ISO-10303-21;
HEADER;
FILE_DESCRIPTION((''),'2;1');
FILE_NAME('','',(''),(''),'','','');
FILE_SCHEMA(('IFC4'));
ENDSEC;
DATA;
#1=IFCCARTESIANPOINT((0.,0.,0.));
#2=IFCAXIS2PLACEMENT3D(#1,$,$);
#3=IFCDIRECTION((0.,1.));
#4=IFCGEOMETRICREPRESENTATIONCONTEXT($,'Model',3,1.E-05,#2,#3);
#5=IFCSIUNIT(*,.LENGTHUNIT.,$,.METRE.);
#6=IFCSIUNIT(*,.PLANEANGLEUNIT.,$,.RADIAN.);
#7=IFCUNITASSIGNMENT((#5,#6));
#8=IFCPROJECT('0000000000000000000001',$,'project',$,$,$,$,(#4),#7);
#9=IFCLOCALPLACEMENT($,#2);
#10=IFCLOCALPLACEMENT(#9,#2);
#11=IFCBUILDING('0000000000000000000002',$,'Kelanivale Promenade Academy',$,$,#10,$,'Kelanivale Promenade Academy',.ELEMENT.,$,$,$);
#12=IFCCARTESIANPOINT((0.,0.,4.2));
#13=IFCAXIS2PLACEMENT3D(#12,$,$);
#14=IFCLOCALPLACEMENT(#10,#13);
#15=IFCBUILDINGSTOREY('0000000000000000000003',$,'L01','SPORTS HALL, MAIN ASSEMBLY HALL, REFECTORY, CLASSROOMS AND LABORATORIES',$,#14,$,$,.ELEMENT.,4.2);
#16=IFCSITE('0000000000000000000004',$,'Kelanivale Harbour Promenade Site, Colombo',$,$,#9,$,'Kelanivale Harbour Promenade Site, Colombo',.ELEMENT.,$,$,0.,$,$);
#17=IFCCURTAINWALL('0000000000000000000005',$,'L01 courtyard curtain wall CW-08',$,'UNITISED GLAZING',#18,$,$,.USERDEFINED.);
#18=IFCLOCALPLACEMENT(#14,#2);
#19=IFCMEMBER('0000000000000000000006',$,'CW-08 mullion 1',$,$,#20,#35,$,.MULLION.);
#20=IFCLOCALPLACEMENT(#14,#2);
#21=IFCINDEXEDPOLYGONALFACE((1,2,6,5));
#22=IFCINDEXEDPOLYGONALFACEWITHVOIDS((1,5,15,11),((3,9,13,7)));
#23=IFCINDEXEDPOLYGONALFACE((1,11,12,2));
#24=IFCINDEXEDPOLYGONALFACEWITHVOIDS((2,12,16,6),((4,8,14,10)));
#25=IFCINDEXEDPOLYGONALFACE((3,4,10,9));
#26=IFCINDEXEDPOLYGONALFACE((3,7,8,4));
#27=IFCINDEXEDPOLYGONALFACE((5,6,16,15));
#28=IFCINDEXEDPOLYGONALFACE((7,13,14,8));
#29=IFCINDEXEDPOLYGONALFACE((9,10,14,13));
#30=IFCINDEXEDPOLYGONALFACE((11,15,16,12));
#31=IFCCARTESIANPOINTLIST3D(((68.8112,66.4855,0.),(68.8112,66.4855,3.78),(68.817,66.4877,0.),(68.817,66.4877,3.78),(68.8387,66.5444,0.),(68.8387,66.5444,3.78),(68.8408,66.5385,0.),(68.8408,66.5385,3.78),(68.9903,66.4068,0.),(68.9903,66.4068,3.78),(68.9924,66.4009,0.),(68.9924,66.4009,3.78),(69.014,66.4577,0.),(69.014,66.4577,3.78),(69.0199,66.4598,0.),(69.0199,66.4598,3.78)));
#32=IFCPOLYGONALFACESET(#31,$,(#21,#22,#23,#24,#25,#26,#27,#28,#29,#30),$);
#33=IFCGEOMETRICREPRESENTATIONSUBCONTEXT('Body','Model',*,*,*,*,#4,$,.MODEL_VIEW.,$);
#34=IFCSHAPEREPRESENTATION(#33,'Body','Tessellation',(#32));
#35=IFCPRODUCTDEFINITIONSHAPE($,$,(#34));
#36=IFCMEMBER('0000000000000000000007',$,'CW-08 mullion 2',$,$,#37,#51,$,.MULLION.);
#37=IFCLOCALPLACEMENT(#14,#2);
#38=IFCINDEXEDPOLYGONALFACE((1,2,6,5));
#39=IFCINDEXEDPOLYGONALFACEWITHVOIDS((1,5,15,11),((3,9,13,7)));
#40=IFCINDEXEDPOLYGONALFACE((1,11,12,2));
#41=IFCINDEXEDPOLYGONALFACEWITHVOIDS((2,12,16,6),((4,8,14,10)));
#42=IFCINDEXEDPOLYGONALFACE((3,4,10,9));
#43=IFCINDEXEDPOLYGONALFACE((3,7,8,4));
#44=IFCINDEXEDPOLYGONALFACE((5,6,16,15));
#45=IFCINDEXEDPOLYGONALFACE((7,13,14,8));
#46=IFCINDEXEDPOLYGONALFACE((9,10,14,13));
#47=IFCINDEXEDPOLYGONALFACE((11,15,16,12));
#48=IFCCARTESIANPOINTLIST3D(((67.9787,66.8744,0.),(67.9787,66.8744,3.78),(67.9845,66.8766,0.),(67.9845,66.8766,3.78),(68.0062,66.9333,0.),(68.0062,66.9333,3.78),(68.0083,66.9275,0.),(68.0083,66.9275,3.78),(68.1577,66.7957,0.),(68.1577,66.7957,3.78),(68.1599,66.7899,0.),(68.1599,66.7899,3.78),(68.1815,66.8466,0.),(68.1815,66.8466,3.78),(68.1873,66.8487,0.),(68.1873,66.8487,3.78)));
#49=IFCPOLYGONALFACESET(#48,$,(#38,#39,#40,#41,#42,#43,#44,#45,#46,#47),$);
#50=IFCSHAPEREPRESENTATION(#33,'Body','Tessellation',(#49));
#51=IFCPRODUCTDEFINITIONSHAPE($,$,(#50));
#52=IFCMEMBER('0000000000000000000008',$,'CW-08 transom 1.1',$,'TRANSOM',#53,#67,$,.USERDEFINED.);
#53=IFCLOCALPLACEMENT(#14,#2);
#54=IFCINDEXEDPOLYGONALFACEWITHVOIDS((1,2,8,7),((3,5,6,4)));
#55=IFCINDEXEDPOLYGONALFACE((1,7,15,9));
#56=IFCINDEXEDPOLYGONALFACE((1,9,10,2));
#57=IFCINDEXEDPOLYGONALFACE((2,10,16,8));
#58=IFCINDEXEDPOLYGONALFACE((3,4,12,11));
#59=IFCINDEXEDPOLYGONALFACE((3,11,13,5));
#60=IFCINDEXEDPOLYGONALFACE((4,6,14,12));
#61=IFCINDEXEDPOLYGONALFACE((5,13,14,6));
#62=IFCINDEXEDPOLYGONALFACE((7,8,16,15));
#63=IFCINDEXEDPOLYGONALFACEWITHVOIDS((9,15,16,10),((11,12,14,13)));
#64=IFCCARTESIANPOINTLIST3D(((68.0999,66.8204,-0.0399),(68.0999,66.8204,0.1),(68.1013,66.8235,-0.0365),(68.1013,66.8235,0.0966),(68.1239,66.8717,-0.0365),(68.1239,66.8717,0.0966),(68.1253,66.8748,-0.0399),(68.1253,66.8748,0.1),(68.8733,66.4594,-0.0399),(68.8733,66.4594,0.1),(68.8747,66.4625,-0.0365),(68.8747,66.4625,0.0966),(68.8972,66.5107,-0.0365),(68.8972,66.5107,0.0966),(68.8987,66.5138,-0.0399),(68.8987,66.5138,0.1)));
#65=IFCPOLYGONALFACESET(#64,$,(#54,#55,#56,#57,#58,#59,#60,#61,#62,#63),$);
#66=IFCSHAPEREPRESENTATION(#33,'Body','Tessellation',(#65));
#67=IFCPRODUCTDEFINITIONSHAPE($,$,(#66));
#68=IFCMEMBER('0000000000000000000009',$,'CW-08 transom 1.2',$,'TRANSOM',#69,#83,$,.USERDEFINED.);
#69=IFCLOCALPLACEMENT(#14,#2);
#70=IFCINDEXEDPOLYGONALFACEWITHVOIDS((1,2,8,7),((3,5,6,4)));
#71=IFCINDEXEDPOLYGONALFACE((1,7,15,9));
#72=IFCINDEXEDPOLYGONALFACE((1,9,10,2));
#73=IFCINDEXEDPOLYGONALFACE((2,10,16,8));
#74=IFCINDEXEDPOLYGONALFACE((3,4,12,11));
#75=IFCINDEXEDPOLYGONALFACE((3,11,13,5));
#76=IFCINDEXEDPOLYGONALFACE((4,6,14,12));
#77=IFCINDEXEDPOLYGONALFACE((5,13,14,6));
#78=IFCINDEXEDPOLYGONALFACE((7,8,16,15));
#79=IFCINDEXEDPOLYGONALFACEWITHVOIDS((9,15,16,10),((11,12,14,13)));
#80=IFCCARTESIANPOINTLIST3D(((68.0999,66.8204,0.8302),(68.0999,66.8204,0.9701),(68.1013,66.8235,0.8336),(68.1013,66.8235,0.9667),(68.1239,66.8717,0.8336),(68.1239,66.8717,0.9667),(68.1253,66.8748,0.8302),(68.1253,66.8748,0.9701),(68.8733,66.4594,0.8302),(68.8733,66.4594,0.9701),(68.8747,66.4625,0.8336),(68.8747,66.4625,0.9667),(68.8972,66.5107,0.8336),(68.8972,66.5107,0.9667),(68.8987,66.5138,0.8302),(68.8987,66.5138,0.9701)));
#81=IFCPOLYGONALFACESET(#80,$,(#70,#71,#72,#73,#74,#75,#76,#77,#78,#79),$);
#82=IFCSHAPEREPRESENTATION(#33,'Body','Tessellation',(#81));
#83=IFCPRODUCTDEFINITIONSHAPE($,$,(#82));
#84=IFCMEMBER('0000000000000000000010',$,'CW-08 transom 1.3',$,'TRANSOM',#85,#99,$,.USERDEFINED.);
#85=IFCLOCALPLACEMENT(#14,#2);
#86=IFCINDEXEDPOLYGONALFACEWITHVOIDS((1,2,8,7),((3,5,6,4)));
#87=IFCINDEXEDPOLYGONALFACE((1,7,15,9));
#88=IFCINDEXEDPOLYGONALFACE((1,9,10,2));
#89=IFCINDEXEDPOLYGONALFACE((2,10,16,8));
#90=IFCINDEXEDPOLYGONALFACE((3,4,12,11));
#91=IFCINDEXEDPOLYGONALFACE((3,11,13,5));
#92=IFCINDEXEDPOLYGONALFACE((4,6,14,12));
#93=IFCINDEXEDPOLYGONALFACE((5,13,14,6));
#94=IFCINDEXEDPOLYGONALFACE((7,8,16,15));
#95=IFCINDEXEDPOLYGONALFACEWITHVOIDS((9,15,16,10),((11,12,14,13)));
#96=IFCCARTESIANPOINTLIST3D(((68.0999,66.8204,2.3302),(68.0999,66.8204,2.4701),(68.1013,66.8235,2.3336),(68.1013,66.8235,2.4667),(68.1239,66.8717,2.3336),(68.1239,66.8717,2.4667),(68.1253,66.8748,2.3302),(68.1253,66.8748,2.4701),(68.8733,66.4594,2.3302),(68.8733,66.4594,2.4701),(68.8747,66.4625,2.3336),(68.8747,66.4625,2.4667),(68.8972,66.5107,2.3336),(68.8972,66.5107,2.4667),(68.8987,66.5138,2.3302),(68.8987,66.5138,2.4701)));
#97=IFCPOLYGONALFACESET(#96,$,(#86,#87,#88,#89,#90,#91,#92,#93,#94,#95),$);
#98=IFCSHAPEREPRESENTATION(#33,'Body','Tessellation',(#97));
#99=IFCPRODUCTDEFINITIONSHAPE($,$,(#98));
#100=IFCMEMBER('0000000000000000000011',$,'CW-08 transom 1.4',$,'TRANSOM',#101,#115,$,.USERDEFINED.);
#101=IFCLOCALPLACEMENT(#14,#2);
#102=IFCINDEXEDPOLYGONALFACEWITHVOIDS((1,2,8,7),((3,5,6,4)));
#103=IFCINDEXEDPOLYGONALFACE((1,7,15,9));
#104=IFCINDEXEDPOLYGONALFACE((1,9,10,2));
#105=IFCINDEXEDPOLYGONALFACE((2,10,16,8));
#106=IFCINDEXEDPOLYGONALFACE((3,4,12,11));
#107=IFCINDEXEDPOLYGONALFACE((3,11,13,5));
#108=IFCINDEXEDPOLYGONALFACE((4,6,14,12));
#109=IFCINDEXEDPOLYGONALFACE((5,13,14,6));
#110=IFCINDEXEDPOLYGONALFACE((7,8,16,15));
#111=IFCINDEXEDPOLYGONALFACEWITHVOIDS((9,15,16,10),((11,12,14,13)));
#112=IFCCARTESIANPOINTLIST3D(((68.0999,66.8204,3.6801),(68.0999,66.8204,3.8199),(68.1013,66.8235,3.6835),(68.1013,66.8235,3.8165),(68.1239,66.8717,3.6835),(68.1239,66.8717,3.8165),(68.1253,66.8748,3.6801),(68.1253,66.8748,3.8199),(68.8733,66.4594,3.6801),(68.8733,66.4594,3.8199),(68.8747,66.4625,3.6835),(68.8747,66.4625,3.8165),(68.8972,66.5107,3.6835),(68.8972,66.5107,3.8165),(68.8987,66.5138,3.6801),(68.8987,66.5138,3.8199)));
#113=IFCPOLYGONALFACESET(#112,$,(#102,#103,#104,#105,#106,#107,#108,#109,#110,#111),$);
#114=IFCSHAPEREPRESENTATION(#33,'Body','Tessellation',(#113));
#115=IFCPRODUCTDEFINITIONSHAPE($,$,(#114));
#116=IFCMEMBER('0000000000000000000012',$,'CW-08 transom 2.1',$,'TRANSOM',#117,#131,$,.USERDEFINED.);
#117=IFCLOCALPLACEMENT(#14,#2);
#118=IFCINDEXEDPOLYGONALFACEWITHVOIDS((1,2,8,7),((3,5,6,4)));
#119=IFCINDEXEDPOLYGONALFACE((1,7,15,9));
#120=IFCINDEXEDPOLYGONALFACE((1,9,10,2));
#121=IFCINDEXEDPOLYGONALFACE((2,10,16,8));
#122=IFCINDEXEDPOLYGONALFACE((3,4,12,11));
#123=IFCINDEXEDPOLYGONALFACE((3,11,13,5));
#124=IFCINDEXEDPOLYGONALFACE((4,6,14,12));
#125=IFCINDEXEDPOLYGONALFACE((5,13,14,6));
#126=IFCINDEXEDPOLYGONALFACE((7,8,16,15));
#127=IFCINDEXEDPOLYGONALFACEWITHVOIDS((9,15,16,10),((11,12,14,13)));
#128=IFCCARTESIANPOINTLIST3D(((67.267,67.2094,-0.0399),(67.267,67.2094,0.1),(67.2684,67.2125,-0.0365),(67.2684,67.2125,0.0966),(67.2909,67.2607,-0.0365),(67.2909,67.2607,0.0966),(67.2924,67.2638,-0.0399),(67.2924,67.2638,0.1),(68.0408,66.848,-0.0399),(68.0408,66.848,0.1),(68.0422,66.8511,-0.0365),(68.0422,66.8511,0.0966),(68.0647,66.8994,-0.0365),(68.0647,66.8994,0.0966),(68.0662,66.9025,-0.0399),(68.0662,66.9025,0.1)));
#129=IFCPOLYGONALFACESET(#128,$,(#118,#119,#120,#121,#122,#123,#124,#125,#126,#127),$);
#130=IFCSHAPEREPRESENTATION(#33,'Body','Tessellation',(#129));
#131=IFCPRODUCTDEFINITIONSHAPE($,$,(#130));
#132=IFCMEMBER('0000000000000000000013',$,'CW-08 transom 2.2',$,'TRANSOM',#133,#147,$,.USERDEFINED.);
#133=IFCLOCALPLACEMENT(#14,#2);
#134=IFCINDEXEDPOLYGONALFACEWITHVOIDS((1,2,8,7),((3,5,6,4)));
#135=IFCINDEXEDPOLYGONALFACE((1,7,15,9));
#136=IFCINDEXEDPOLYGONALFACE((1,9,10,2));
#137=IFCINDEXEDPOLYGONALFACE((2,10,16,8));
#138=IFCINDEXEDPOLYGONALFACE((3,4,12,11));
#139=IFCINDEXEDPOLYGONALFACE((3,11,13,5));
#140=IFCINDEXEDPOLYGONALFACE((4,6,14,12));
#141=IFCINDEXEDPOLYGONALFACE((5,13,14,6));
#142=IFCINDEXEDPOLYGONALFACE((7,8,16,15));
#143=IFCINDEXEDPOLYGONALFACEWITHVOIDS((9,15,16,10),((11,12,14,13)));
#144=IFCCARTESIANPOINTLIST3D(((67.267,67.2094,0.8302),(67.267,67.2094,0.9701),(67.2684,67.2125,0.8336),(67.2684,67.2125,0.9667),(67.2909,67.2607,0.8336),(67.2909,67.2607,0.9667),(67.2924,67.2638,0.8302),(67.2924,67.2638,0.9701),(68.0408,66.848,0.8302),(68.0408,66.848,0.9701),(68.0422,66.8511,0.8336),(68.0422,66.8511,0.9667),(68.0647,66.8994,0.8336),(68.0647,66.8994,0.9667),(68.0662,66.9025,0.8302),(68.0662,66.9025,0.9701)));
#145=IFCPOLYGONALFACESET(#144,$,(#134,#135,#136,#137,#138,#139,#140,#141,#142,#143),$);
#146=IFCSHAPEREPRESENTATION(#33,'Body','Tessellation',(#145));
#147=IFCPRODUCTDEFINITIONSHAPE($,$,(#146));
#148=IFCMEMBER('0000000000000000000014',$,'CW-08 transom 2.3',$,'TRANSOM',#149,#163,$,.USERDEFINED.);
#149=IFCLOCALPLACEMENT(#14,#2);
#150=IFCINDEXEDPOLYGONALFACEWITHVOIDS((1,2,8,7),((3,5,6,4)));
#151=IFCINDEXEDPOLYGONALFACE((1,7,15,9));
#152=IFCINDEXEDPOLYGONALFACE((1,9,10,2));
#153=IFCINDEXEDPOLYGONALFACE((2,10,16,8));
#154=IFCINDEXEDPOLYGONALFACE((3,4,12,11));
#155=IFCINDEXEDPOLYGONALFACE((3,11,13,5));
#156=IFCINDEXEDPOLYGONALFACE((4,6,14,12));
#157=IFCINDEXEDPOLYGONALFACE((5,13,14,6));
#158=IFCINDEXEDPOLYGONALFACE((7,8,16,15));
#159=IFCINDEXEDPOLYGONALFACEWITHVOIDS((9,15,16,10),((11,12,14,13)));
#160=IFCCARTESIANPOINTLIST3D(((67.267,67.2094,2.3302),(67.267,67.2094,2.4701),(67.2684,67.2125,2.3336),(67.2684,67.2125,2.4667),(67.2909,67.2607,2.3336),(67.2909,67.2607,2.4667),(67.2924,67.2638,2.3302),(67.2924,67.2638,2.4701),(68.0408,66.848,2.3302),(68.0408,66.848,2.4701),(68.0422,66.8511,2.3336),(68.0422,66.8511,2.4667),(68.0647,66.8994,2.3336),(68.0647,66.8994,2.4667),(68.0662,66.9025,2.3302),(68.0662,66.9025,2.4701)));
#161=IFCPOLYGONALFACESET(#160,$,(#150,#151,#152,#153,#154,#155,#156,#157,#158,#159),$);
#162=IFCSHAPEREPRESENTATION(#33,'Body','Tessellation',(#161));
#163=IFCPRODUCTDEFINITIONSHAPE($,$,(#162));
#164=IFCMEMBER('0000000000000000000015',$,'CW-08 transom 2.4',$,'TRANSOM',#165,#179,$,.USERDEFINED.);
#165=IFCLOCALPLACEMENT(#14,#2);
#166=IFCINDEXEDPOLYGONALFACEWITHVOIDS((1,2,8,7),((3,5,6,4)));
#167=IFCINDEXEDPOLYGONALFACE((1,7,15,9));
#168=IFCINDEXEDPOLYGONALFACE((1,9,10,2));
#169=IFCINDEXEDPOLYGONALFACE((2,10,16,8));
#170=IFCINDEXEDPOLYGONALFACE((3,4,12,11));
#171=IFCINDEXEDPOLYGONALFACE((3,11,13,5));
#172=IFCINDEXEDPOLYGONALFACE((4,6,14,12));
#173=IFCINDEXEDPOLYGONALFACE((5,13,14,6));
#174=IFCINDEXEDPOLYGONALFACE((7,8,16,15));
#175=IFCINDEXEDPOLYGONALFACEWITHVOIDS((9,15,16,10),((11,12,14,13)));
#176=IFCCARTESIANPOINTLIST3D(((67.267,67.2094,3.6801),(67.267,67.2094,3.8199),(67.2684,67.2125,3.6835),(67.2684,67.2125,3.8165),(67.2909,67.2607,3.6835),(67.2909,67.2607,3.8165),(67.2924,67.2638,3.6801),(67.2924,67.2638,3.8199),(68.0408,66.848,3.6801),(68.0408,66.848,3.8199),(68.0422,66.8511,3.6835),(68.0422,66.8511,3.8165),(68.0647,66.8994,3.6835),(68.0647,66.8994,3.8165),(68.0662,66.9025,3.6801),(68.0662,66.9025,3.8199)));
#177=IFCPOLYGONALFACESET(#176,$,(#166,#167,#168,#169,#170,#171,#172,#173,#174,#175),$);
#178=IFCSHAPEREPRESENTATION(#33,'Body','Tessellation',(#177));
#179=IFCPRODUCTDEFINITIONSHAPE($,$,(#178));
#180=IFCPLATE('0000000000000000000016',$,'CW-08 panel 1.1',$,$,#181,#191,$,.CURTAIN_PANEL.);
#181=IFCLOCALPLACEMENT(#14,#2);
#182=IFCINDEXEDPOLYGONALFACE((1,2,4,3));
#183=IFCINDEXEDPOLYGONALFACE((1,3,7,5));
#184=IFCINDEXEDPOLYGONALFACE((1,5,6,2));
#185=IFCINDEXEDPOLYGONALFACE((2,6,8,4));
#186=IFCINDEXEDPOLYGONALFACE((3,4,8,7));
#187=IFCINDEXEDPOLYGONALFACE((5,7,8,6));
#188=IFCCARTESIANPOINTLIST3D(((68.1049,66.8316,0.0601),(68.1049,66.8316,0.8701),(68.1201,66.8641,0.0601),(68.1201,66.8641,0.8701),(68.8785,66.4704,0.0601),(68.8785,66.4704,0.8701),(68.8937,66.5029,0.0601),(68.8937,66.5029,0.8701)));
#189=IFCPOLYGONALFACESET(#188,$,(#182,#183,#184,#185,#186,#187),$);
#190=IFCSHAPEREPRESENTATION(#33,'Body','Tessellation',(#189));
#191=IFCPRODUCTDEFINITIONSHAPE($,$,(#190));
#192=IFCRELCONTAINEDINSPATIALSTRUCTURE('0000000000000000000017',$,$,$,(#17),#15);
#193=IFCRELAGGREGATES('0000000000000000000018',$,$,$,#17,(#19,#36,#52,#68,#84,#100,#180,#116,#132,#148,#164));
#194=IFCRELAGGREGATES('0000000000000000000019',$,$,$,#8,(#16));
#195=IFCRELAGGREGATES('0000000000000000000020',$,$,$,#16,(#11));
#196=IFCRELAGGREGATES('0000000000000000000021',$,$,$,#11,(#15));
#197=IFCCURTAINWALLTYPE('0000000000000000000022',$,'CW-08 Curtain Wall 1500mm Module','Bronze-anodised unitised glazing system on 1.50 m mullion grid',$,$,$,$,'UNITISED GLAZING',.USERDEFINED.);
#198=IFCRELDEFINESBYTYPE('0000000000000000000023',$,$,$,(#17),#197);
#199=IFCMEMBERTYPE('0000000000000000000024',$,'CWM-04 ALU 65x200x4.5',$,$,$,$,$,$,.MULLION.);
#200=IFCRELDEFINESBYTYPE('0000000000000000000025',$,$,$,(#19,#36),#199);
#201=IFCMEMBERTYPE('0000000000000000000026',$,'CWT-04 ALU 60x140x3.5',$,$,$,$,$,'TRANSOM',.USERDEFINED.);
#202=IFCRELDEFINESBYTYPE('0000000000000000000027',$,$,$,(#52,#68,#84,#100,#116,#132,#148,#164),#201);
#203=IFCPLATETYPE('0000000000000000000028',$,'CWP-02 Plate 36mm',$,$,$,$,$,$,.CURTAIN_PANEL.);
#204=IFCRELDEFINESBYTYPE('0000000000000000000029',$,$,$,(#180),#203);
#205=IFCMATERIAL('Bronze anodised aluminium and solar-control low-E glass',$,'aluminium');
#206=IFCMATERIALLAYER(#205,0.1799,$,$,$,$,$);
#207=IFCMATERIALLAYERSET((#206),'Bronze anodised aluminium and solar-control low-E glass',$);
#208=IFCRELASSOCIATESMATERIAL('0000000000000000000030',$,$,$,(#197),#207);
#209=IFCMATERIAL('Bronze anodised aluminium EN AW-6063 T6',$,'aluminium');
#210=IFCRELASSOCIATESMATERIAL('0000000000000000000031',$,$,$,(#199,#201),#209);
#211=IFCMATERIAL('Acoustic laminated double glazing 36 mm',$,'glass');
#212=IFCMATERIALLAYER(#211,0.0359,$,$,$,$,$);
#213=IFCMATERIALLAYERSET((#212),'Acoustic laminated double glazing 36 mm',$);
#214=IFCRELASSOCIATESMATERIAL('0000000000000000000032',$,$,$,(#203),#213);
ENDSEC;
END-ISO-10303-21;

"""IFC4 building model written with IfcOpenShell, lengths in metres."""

from ifc_helpers import new_model, si_unit, direction, frame, origin, origin_2d, place, context, subcontext, project, spatial, rectangle, hollow_rectangle, extrude, material, layer, layer_set, material_profile, profile_set, type_object, element, aggregate, save


model = new_model("IFC4")

# Units and contexts
model_context = context("Model", 3, precision=1e-05, world=origin(), true_north=direction((0.0, 1.0)))
body_context = subcontext(model_context, "Body", "Model", "MODEL_VIEW")
ifc_project = project(units=[si_unit("LENGTHUNIT", "METRE"), si_unit("PLANEANGLEUNIT", "RADIAN")], contexts=[model_context])

# Site, building, storey
site_placement = place(None, origin())
site = spatial("IfcSite", under=ifc_project, at=site_placement, Name="Kelanivale Harbour Promenade Site, Colombo", LongName="Kelanivale Harbour Promenade Site, Colombo", CompositionType="ELEMENT", RefElevation=0.0)
building_placement = place(site_placement, origin())
building = spatial("IfcBuilding", under=site, at=building_placement, Name="Kelanivale Promenade Academy", LongName="Kelanivale Promenade Academy", CompositionType="ELEMENT")
storey_placement = place(building_placement, frame((0.0, 0.0, 4.2)))
storey = spatial("IfcBuildingStorey", under=building, at=storey_placement, Name="L01", Description="SPORTS HALL, MAIN ASSEMBLY HALL, REFECTORY, CLASSROOMS AND LABORATORIES", CompositionType="ELEMENT", Elevation=4.2)

# Curtain wall, members, plate
ifc_material_1 = material(Name="Bronze anodised aluminium and solar-control low-E glass", Category="aluminium")
ifc_layer_1 = layer(ifc_material_1, 0.1799)
ifc_layer_set_1 = layer_set([ifc_layer_1], Name="Bronze anodised aluminium and solar-control low-E glass")
curtain_wall_type = type_object("IfcCurtainWallType", Name="CW-08 Curtain Wall 1500mm Module", Description="Bronze-anodised unitised glazing system on 1.50 m mullion grid", ElementType="UNITISED GLAZING", PredefinedType="USERDEFINED", material=ifc_layer_set_1)
curtain_wall_placement = place(storey_placement, origin())
curtain_wall = element("IfcCurtainWall", 1, at=curtain_wall_placement, inside=storey, type_object=curtain_wall_type, Name="L01 courtyard curtain wall CW-08", ObjectType="UNITISED GLAZING", PredefinedType="USERDEFINED")
ifc_material_2 = material(Name="Bronze anodised aluminium EN AW-6063 T6", Category="aluminium")
ifc_material_profile_1 = material_profile(ifc_material_2, hollow_rectangle(XDim=0.0649, YDim=0.2, WallThickness=0.0044, at=origin_2d()), Name="ALU 65x200x4.5")
ifc_profile_set_1 = profile_set([ifc_material_profile_1], Name="Bronze anodised aluminium EN AW-6063 T6")
member_type_1 = type_object("IfcMemberType", Name="CWM-04 ALU 65x200x4.5", PredefinedType="MULLION", material=ifc_profile_set_1)
member_1_placement = place(storey_placement, frame((68.9155, 66.4727, 0.0), z_axis=(0.0, 0.0, 1.0), x_axis=(-0.423087, -0.906089, 0.0)))
member_1 = element("IfcMember", 2, at=member_1_placement, type_object=member_type_1, Name="CW-08 mullion 1", PredefinedType="MULLION", context=body_context, shape_type="SweptSolid", body=[
    extrude(hollow_rectangle(XDim=0.0649, YDim=0.2, WallThickness=0.0044, at=origin_2d()), origin(), (0.0, 0.0, 1.0), 3.78),
])
member_2_placement = place(storey_placement, frame((68.083, 66.8616, 0.0), z_axis=(0.0, 0.0, 1.0), x_axis=(-0.423087, -0.906089, 0.0)))
member_2 = element("IfcMember", 3, at=member_2_placement, type_object=member_type_1, Name="CW-08 mullion 2", PredefinedType="MULLION", context=body_context, shape_type="SweptSolid", body=[
    extrude(hollow_rectangle(XDim=0.0649, YDim=0.2, WallThickness=0.0044, at=origin_2d()), origin(), (0.0, 0.0, 1.0), 3.78),
])
ifc_material_profile_2 = material_profile(ifc_material_2, hollow_rectangle(XDim=0.0601, YDim=0.1399, WallThickness=0.0034, at=origin_2d()), Name="ALU 60x140x3.5")
ifc_profile_set_2 = profile_set([ifc_material_profile_2], Name="Bronze anodised aluminium EN AW-6063 T6")
member_type_2 = type_object("IfcMemberType", Name="CWT-04 ALU 60x140x3.5", ElementType="TRANSOM", PredefinedType="USERDEFINED", material=ifc_profile_set_2)
member_3_placement = place(storey_placement, frame((68.886, 66.4866, 0.03), z_axis=(-0.906117, 0.423026, 0.0), x_axis=(-0.423026, -0.906117, 0.0)))
member_3 = element("IfcMember", 4, at=member_3_placement, type_object=member_type_2, Name="CW-08 transom 1.1", ObjectType="TRANSOM", PredefinedType="USERDEFINED", context=body_context, shape_type="SweptSolid", body=[
    extrude(hollow_rectangle(XDim=0.0601, YDim=0.1399, WallThickness=0.0034, at=origin_2d()), origin(), (0.0, 0.0, 1.0), 0.8535),
])
member_4_placement = place(storey_placement, frame((68.886, 66.4866, 0.9001), z_axis=(-0.906117, 0.423026, 0.0), x_axis=(-0.423026, -0.906117, 0.0)))
member_4 = element("IfcMember", 5, at=member_4_placement, type_object=member_type_2, Name="CW-08 transom 1.2", ObjectType="TRANSOM", PredefinedType="USERDEFINED", context=body_context, shape_type="SweptSolid", body=[
    extrude(hollow_rectangle(XDim=0.0601, YDim=0.1399, WallThickness=0.0034, at=origin_2d()), origin(), (0.0, 0.0, 1.0), 0.8535),
])
member_5_placement = place(storey_placement, frame((68.886, 66.4866, 2.4001), z_axis=(-0.906117, 0.423026, 0.0), x_axis=(-0.423026, -0.906117, 0.0)))
member_5 = element("IfcMember", 6, at=member_5_placement, type_object=member_type_2, Name="CW-08 transom 1.3", ObjectType="TRANSOM", PredefinedType="USERDEFINED", context=body_context, shape_type="SweptSolid", body=[
    extrude(hollow_rectangle(XDim=0.0601, YDim=0.1399, WallThickness=0.0034, at=origin_2d()), origin(), (0.0, 0.0, 1.0), 0.8535),
])
member_6_placement = place(storey_placement, frame((68.886, 66.4866, 3.75), z_axis=(-0.906117, 0.423026, 0.0), x_axis=(-0.423026, -0.906117, 0.0)))
member_6 = element("IfcMember", 7, at=member_6_placement, type_object=member_type_2, Name="CW-08 transom 1.4", ObjectType="TRANSOM", PredefinedType="USERDEFINED", context=body_context, shape_type="SweptSolid", body=[
    extrude(hollow_rectangle(XDim=0.0601, YDim=0.1399, WallThickness=0.0034, at=origin_2d()), origin(), (0.0, 0.0, 1.0), 0.8535),
])
member_7_placement = place(storey_placement, frame((68.0535, 66.8752, 0.03), z_axis=(-0.906059, 0.423152, 0.0), x_axis=(-0.423152, -0.906059, 0.0)))
member_7 = element("IfcMember", 8, at=member_7_placement, type_object=member_type_2, Name="CW-08 transom 2.1", ObjectType="TRANSOM", PredefinedType="USERDEFINED", context=body_context, shape_type="SweptSolid", body=[
    extrude(hollow_rectangle(XDim=0.0601, YDim=0.1399, WallThickness=0.0034, at=origin_2d()), origin(), (0.0, 0.0, 1.0), 0.854),
])
member_8_placement = place(storey_placement, frame((68.0535, 66.8752, 0.9001), z_axis=(-0.906059, 0.423152, 0.0), x_axis=(-0.423152, -0.906059, 0.0)))
member_8 = element("IfcMember", 9, at=member_8_placement, type_object=member_type_2, Name="CW-08 transom 2.2", ObjectType="TRANSOM", PredefinedType="USERDEFINED", context=body_context, shape_type="SweptSolid", body=[
    extrude(hollow_rectangle(XDim=0.0601, YDim=0.1399, WallThickness=0.0034, at=origin_2d()), origin(), (0.0, 0.0, 1.0), 0.854),
])
member_9_placement = place(storey_placement, frame((68.0535, 66.8752, 2.4001), z_axis=(-0.906059, 0.423152, 0.0), x_axis=(-0.423152, -0.906059, 0.0)))
member_9 = element("IfcMember", 10, at=member_9_placement, type_object=member_type_2, Name="CW-08 transom 2.3", ObjectType="TRANSOM", PredefinedType="USERDEFINED", context=body_context, shape_type="SweptSolid", body=[
    extrude(hollow_rectangle(XDim=0.0601, YDim=0.1399, WallThickness=0.0034, at=origin_2d()), origin(), (0.0, 0.0, 1.0), 0.854),
])
member_10_placement = place(storey_placement, frame((68.0535, 66.8752, 3.75), z_axis=(-0.906059, 0.423152, 0.0), x_axis=(-0.423152, -0.906059, 0.0)))
member_10 = element("IfcMember", 11, at=member_10_placement, type_object=member_type_2, Name="CW-08 transom 2.4", ObjectType="TRANSOM", PredefinedType="USERDEFINED", context=body_context, shape_type="SweptSolid", body=[
    extrude(hollow_rectangle(XDim=0.0601, YDim=0.1399, WallThickness=0.0034, at=origin_2d()), origin(), (0.0, 0.0, 1.0), 0.854),
])
ifc_material_3 = material(Name="Acoustic laminated double glazing 36 mm", Category="glass")
ifc_layer_2 = layer(ifc_material_3, 0.0359)
ifc_layer_set_2 = layer_set([ifc_layer_2], Name="Acoustic laminated double glazing 36 mm")
plate_type = type_object("IfcPlateType", Name="CWP-02 Plate 36mm", PredefinedType="CURTAIN_PANEL", material=ifc_layer_set_2)
plate_1_placement = place(storey_placement, frame((68.4993, 66.6672, 0.0601), z_axis=(0.0, 0.0, 1.0), x_axis=(-0.906089, 0.423087, 0.0)))
plate_1 = element("IfcPlate", 12, at=plate_1_placement, type_object=plate_type, Name="CW-08 panel 1.1", PredefinedType="CURTAIN_PANEL", context=body_context, shape_type="SweptSolid", body=[
    extrude(rectangle(XDim=0.8538, YDim=0.0359, at=origin_2d()), origin(), (0.0, 0.0, 1.0), 0.8101),
])
aggregate(curtain_wall, [member_1, member_2, member_3, member_4, member_5, member_6, plate_1, member_7, member_8, member_9, member_10])

save(model, "model.ifc")
